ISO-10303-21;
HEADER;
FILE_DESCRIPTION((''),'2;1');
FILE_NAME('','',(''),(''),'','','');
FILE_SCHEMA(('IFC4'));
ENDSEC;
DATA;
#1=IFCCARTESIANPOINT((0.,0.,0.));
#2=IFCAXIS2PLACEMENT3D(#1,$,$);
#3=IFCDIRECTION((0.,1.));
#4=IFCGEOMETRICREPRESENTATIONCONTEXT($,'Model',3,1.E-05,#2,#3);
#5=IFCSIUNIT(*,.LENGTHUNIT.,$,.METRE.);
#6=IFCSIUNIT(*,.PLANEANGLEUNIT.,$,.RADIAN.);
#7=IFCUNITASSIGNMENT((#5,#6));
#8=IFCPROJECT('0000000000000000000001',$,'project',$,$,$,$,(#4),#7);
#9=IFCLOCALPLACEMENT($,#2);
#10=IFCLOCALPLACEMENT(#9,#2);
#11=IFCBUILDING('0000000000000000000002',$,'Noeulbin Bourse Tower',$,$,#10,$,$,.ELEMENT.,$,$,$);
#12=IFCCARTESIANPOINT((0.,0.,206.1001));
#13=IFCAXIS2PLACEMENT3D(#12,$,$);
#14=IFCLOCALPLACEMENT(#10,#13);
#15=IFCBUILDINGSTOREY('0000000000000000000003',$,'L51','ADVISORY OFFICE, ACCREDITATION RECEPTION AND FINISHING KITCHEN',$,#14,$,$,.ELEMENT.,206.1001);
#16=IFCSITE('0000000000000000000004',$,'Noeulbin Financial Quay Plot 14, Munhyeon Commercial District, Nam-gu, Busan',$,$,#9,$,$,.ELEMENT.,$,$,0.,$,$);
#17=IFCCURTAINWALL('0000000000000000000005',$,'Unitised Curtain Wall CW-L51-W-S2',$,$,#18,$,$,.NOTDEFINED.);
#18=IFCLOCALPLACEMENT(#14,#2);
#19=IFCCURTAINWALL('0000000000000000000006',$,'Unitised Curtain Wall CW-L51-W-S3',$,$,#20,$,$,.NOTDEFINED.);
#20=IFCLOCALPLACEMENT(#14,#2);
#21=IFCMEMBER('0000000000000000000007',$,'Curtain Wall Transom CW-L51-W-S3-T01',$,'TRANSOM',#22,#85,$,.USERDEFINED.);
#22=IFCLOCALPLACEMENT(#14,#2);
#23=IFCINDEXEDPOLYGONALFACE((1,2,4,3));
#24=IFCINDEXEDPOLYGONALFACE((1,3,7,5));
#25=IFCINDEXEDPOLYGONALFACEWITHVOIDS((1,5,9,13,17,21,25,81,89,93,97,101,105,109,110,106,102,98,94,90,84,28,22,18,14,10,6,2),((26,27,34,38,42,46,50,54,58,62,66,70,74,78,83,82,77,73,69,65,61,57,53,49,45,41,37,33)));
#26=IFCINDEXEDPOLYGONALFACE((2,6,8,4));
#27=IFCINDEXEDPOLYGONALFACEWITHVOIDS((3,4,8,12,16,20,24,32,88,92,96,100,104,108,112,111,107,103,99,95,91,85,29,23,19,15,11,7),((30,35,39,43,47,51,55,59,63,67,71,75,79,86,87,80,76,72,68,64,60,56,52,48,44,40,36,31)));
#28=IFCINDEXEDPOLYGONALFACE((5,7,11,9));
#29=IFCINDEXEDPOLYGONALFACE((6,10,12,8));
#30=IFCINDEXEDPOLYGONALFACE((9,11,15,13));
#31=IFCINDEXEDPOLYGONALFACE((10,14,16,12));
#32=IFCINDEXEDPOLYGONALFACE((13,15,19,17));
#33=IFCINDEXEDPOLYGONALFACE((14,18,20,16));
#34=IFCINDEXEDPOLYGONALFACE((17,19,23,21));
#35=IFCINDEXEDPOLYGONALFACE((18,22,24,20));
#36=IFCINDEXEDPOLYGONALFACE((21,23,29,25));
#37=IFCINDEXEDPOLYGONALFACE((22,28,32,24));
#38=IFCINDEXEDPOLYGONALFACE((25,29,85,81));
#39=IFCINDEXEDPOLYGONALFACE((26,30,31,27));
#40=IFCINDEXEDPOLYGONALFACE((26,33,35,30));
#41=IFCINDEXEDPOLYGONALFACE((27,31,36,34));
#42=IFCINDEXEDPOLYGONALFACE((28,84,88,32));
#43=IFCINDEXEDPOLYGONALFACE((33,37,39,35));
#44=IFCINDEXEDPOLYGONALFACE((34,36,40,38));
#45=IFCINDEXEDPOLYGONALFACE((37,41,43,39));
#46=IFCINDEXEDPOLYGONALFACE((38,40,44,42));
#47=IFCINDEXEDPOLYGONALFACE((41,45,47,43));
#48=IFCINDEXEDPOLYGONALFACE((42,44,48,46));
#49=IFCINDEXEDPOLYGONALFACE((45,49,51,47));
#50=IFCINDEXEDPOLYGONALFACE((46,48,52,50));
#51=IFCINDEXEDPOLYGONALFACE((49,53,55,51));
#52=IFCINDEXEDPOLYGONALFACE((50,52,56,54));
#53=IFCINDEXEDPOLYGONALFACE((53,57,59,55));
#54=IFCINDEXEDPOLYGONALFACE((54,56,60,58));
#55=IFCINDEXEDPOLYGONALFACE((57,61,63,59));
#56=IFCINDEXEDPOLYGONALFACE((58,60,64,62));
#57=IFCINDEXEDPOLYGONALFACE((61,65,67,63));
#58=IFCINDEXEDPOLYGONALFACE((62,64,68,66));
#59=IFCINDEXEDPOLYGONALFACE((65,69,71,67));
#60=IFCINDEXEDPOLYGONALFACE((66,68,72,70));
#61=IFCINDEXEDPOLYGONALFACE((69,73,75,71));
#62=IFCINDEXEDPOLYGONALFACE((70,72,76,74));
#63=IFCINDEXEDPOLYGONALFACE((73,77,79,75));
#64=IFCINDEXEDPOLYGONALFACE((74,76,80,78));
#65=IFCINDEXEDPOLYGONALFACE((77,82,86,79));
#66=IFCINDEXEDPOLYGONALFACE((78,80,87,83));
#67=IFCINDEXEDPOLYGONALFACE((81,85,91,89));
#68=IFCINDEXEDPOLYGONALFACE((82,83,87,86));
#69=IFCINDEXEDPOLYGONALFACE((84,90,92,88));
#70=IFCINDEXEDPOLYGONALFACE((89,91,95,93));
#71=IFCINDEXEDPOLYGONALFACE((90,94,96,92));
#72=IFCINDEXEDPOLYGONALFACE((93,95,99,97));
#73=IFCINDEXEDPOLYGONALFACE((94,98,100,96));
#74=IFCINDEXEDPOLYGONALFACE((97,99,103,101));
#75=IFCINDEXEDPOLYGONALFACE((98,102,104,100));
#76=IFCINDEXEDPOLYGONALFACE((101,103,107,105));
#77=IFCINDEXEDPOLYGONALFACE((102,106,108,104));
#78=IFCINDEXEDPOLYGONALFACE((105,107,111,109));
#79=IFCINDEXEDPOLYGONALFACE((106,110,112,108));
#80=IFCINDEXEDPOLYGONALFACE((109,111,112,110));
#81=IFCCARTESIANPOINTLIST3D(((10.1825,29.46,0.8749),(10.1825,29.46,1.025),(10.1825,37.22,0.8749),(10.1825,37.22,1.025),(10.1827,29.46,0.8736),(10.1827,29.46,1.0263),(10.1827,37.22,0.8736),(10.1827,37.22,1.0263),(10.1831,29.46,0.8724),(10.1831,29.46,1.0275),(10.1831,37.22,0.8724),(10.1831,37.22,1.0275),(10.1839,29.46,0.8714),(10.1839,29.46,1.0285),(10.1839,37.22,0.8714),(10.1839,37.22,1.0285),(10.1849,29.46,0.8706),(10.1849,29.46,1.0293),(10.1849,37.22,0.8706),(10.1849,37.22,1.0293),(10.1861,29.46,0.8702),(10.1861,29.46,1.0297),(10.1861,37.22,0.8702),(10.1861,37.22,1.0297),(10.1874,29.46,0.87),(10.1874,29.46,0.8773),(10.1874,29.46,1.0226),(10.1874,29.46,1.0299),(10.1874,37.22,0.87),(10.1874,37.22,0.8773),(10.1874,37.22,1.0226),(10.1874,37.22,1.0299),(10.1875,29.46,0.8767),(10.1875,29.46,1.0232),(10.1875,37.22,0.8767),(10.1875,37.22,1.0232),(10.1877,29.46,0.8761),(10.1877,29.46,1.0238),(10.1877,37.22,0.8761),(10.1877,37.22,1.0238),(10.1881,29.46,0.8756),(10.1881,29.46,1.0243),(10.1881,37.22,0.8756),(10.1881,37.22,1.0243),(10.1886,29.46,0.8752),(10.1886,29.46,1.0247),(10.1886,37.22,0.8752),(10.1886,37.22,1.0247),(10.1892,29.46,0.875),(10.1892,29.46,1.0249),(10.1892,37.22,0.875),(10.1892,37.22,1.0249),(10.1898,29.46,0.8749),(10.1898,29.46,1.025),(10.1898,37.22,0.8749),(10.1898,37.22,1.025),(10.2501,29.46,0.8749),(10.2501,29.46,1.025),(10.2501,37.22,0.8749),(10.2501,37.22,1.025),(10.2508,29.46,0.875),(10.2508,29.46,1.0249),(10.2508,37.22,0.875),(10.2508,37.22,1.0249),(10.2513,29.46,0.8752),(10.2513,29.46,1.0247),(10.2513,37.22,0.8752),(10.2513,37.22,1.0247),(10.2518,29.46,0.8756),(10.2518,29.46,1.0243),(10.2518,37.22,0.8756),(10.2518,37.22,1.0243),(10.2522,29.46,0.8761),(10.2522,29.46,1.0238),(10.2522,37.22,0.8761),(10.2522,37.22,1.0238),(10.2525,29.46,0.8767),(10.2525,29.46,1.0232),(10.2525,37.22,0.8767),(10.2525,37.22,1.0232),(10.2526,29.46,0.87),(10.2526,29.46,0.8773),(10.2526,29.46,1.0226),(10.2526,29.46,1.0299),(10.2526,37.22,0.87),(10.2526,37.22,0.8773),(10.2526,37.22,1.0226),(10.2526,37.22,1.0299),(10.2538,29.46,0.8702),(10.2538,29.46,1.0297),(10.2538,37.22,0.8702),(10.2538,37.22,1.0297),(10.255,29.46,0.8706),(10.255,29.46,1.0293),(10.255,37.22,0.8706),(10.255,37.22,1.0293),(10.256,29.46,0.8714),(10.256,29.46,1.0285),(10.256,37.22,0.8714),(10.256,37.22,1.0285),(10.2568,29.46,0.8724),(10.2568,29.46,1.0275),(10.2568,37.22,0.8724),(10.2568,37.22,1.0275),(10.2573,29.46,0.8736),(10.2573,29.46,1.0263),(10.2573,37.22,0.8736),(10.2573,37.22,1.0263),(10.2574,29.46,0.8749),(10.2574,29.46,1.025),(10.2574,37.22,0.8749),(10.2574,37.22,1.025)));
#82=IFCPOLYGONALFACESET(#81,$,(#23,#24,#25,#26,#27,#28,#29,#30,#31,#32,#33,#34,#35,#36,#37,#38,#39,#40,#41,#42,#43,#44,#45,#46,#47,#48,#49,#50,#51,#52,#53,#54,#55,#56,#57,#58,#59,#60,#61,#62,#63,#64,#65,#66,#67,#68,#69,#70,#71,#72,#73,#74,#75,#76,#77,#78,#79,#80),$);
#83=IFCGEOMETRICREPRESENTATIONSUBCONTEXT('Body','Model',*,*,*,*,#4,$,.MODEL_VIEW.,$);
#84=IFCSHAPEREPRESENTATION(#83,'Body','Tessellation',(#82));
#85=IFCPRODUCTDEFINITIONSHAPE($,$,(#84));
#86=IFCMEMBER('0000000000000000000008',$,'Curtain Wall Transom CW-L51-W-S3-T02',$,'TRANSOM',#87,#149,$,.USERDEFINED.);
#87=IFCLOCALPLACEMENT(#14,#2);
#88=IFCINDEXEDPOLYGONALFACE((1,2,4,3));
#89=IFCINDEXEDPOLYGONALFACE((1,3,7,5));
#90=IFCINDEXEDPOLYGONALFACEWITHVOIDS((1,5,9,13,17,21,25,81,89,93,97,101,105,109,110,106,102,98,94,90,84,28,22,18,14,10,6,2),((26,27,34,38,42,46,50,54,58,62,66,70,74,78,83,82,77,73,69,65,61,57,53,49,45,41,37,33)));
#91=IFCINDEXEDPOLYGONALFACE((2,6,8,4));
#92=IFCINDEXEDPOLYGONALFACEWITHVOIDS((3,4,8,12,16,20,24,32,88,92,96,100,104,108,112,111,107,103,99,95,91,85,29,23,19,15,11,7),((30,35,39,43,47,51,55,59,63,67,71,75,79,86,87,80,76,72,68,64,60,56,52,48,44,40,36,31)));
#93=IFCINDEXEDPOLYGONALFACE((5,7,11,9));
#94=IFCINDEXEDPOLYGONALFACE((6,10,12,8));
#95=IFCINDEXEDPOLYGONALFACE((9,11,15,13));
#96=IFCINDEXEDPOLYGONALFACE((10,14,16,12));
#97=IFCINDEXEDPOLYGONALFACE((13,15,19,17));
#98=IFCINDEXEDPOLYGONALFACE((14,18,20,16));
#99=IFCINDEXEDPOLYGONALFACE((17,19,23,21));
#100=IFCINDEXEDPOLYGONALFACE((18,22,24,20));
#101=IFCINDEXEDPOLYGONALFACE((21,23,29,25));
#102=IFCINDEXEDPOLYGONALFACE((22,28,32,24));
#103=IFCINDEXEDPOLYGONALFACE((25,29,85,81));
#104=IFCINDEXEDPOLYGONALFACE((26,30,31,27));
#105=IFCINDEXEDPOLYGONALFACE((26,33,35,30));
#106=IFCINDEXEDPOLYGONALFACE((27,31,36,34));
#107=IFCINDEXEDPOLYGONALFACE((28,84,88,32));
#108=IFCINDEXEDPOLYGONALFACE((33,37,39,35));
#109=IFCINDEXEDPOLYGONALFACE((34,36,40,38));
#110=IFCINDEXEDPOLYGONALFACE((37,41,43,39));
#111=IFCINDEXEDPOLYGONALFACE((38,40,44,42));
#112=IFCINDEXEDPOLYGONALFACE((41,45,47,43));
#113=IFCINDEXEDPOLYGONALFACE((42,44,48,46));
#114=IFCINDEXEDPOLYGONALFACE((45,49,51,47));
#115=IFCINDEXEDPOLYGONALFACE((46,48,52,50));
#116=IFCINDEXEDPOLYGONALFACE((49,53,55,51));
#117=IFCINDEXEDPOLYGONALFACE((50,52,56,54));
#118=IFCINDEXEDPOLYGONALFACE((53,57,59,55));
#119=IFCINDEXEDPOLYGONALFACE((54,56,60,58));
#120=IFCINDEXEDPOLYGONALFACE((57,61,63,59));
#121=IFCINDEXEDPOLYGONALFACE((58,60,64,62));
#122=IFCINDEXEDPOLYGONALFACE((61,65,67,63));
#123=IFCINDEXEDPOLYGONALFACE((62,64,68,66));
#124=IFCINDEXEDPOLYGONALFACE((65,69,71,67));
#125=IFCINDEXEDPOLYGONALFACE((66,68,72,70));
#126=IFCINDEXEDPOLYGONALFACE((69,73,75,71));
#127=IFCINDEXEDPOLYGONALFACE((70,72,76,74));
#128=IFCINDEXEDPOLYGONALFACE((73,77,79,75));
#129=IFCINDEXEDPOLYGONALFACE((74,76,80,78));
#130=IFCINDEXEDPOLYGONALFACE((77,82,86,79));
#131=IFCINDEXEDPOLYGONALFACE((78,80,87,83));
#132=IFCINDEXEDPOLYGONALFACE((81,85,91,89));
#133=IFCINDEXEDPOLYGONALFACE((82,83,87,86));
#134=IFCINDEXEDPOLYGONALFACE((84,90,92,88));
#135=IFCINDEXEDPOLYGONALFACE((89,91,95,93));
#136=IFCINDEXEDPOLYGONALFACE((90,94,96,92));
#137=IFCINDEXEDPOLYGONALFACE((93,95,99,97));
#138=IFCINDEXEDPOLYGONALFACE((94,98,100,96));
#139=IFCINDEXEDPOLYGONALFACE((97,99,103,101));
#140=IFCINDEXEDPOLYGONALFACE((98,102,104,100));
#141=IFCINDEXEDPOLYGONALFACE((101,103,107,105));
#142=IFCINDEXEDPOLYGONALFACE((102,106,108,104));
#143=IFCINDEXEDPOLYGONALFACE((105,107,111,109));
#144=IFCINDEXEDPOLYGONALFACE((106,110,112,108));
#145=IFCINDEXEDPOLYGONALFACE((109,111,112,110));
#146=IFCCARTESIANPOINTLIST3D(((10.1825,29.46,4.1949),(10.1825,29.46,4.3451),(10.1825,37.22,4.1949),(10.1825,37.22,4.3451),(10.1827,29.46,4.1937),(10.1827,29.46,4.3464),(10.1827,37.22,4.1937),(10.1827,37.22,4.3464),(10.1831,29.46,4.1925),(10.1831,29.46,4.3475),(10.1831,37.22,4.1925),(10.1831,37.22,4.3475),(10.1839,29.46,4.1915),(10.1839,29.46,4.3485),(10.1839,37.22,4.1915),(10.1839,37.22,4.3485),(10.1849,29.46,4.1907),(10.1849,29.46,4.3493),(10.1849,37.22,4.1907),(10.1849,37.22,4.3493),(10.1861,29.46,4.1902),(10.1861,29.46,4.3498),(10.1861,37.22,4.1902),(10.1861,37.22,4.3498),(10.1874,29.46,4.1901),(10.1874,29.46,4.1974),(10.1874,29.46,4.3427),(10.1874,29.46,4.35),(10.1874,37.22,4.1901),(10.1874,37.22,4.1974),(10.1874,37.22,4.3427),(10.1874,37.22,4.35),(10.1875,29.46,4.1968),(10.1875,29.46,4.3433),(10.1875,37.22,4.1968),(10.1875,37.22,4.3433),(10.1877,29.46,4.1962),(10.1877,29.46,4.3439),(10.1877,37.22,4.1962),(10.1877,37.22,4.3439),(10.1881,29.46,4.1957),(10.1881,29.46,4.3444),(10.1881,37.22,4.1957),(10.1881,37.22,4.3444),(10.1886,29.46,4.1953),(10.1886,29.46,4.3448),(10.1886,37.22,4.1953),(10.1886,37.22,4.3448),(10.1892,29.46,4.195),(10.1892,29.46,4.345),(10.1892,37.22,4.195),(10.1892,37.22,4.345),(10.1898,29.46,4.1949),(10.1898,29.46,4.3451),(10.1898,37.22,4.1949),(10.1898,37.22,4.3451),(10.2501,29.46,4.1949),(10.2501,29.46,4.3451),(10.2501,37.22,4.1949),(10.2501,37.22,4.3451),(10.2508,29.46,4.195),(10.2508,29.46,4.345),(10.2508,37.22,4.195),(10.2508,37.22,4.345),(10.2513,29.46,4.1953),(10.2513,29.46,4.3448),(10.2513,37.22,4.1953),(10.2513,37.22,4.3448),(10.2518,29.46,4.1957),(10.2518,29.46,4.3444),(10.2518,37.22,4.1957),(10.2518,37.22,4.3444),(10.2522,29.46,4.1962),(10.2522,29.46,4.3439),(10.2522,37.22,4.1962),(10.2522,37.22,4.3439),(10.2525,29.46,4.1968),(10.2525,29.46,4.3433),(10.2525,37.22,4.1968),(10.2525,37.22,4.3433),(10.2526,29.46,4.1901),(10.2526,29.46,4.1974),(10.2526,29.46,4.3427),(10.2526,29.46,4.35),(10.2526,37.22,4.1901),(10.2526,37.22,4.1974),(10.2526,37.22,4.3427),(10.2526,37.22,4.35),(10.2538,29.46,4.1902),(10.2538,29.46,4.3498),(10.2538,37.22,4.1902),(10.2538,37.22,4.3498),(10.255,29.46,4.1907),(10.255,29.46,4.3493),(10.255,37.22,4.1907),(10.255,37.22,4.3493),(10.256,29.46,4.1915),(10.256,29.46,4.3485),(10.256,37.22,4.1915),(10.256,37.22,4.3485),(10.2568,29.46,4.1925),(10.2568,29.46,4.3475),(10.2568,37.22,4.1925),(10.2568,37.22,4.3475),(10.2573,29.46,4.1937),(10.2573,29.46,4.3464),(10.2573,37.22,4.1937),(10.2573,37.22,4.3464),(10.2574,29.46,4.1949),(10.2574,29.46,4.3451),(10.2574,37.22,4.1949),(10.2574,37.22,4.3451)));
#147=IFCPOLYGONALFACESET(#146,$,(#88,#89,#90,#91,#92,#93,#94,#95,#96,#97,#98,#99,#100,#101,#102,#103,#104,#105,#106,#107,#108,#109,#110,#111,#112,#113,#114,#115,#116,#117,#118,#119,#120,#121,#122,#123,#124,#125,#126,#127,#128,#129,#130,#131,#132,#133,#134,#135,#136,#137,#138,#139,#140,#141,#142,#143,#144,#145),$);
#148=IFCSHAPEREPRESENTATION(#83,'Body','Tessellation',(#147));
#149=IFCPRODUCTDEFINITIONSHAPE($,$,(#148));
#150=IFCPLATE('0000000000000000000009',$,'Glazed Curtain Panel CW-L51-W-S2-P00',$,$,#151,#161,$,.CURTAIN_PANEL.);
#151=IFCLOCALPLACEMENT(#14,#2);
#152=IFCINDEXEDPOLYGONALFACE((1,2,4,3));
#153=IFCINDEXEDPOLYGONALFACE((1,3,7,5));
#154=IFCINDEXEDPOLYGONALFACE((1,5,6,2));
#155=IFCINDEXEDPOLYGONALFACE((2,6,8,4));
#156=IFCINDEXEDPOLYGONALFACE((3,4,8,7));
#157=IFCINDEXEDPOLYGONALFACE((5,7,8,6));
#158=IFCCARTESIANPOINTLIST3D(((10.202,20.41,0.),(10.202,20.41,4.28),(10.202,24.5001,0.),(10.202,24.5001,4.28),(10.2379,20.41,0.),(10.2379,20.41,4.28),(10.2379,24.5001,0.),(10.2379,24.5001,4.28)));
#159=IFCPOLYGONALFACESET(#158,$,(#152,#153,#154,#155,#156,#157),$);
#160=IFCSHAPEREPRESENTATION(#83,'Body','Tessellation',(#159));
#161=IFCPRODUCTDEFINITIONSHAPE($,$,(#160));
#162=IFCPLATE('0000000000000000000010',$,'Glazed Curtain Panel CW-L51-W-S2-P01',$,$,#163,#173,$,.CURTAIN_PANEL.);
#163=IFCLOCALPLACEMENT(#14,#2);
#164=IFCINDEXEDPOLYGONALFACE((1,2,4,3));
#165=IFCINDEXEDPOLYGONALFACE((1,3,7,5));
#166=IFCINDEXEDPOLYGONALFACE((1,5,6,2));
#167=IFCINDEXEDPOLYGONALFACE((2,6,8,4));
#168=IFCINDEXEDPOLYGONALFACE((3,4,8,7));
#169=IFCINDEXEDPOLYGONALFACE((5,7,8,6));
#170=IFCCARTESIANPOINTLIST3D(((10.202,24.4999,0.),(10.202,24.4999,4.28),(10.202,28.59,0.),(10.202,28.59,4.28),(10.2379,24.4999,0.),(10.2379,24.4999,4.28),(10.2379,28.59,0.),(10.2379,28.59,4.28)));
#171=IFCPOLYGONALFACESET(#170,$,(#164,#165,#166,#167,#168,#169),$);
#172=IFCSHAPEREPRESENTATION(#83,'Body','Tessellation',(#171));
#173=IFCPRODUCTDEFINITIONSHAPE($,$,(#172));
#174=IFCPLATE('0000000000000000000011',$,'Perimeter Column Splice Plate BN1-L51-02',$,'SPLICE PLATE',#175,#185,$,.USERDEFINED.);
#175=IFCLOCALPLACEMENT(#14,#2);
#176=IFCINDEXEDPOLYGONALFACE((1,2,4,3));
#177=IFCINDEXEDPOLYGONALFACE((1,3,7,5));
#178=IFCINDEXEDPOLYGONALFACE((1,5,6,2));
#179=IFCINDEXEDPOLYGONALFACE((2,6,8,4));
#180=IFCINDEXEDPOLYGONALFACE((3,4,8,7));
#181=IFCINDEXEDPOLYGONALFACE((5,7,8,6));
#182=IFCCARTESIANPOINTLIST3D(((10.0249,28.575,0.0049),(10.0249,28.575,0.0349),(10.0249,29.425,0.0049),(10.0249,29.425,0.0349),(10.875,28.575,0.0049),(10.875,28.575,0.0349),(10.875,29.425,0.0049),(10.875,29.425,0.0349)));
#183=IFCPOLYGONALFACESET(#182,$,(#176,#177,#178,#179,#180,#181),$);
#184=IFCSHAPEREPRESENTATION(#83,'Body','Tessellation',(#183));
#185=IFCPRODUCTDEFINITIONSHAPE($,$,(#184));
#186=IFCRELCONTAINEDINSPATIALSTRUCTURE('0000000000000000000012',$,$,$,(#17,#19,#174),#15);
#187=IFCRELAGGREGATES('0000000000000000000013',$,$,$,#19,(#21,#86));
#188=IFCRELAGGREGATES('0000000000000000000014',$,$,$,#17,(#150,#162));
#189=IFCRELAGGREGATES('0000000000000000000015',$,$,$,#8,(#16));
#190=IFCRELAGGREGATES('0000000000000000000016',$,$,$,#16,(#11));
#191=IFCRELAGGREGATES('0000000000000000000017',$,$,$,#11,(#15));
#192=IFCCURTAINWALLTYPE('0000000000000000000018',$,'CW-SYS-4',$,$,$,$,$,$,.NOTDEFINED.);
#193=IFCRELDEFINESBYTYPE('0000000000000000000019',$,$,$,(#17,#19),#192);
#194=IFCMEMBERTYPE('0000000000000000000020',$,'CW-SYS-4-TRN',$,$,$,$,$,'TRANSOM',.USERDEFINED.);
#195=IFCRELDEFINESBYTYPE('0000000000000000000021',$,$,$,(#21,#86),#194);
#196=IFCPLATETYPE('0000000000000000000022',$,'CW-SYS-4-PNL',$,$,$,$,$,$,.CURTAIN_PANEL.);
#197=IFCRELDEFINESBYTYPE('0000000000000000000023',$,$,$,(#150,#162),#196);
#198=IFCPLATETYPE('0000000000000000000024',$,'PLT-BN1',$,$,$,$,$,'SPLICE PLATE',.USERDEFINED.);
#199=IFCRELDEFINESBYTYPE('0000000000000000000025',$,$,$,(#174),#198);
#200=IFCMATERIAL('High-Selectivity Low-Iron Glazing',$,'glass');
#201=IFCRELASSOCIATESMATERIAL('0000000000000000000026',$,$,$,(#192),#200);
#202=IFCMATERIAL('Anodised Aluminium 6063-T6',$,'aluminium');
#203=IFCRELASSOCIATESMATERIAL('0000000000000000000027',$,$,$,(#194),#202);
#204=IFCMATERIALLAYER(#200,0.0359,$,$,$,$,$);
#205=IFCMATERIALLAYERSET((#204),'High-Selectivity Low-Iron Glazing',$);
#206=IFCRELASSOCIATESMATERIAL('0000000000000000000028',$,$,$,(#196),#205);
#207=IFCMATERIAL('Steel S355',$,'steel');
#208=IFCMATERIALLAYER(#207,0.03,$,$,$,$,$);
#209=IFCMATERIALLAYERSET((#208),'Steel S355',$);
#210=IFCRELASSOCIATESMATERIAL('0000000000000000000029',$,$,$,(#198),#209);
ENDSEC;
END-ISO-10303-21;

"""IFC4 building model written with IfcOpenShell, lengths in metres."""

from ifc_helpers import new_model, si_unit, direction, frame, origin, origin_2d, place, context, subcontext, project, spatial, rectangle, hollow_rectangle, extrude, material, layer, layer_set, material_profile, profile_set, type_object, element, aggregate, save


model = new_model("IFC4")

# Units and contexts
model_context = context("Model", 3, precision=1e-05, world=origin(), true_north=direction((0.0, 1.0)))
body_context = subcontext(model_context, "Body", "Model", "MODEL_VIEW")
ifc_project = project(units=[si_unit("LENGTHUNIT", "METRE"), si_unit("PLANEANGLEUNIT", "RADIAN")], contexts=[model_context])

# Site, building, storey
site_placement = place(None, origin())
site = spatial("IfcSite", under=ifc_project, at=site_placement, Name="Noeulbin Financial Quay Plot 14, Munhyeon Commercial District, Nam-gu, Busan", CompositionType="ELEMENT", RefElevation=0.0)
building_placement = place(site_placement, origin())
building = spatial("IfcBuilding", under=site, at=building_placement, Name="Noeulbin Bourse Tower", CompositionType="ELEMENT")
storey_placement = place(building_placement, frame((0.0, 0.0, 206.1001)))
storey = spatial("IfcBuildingStorey", under=building, at=storey_placement, Name="L51", Description="ADVISORY OFFICE, ACCREDITATION RECEPTION AND FINISHING KITCHEN", CompositionType="ELEMENT", Elevation=206.1001)

# Shared definitions
ifc_material_1 = material(Name="Steel S355", Category="steel")

# Curtain wall
ifc_material_2 = material(Name="High-Selectivity Low-Iron Glazing", Category="glass")
curtain_wall_type = type_object("IfcCurtainWallType", Name="CW-SYS-4", PredefinedType="NOTDEFINED", material=ifc_material_2)
curtain_wall_1_placement = place(storey_placement, origin())
curtain_wall_1 = element("IfcCurtainWall", 1, at=curtain_wall_1_placement, inside=storey, type_object=curtain_wall_type, Name="Unitised Curtain Wall CW-L51-W-S2", PredefinedType="NOTDEFINED")
ifc_material_3 = material(Name="Anodised Aluminium 6063-T6", Category="aluminium")

# Curtain wall
curtain_wall_2_placement = place(storey_placement, origin())
curtain_wall_2 = element("IfcCurtainWall", 2, at=curtain_wall_2_placement, inside=storey, type_object=curtain_wall_type, Name="Unitised Curtain Wall CW-L51-W-S3", PredefinedType="NOTDEFINED")

# Members
ifc_material_profile_1 = material_profile(ifc_material_3, hollow_rectangle(XDim=0.075, YDim=0.1599, WallThickness=0.0049, InnerFilletRadius=0.0024, OuterFilletRadius=0.0049, at=origin_2d()), Name="ALU-TRAN-75x160x5", Category="LoadBearing")
ifc_profile_set_1 = profile_set([ifc_material_profile_1], Name="Anodised Aluminium 6063-T6")
member_type_1 = type_object("IfcMemberType", Name="CW-SYS-4-TRN", ElementType="TRANSOM", PredefinedType="USERDEFINED", material=ifc_profile_set_1)
member_1_placement = place(storey_placement, frame((10.22, 29.46, 0.95), z_axis=(0.0, 1.0, 0.0), x_axis=(-1.0, 0.0, 0.0)))
member_1 = element("IfcMember", 3, at=member_1_placement, type_object=member_type_1, Name="Curtain Wall Transom CW-L51-W-S3-T01", ObjectType="TRANSOM", PredefinedType="USERDEFINED", context=body_context, shape_type="SweptSolid", body=[
    extrude(hollow_rectangle(XDim=0.075, YDim=0.1599, WallThickness=0.0049, InnerFilletRadius=0.0024, OuterFilletRadius=0.0049, at=origin_2d()), origin(), (0.0, 0.0, 1.0), 7.76),
])
member_2_placement = place(storey_placement, frame((10.22, 29.46, 4.27), z_axis=(0.0, 1.0, 0.0), x_axis=(-1.0, 0.0, 0.0)))
member_2 = element("IfcMember", 4, at=member_2_placement, type_object=member_type_1, Name="Curtain Wall Transom CW-L51-W-S3-T02", ObjectType="TRANSOM", PredefinedType="USERDEFINED", context=body_context, shape_type="SweptSolid", body=[
    extrude(hollow_rectangle(XDim=0.075, YDim=0.1599, WallThickness=0.0049, InnerFilletRadius=0.0024, OuterFilletRadius=0.0049, at=origin_2d()), origin(), (0.0, 0.0, 1.0), 7.76),
])
aggregate(curtain_wall_2, [member_1, member_2])

# Plates
ifc_layer_1 = layer(ifc_material_2, 0.0359)
ifc_layer_set_1 = layer_set([ifc_layer_1], Name="High-Selectivity Low-Iron Glazing")
plate_type_1 = type_object("IfcPlateType", Name="CW-SYS-4-PNL", PredefinedType="CURTAIN_PANEL", material=ifc_layer_set_1)
plate_1_placement = place(storey_placement, frame((10.22, 22.4551, 0.0), z_axis=(0.0, 0.0, 1.0), x_axis=(0.0, 1.0, 0.0)))
plate_1 = element("IfcPlate", 5, at=plate_1_placement, type_object=plate_type_1, Name="Glazed Curtain Panel CW-L51-W-S2-P00", PredefinedType="CURTAIN_PANEL", context=body_context, shape_type="SweptSolid", body=[
    extrude(rectangle(XDim=4.0901, YDim=0.0359, at=origin_2d()), origin(), (0.0, 0.0, 1.0), 4.28),
])
plate_2_placement = place(storey_placement, frame((10.22, 26.5449, 0.0), z_axis=(0.0, 0.0, 1.0), x_axis=(0.0, 1.0, 0.0)))
plate_2 = element("IfcPlate", 6, at=plate_2_placement, type_object=plate_type_1, Name="Glazed Curtain Panel CW-L51-W-S2-P01", PredefinedType="CURTAIN_PANEL", context=body_context, shape_type="SweptSolid", body=[
    extrude(rectangle(XDim=4.0901, YDim=0.0359, at=origin_2d()), origin(), (0.0, 0.0, 1.0), 4.28),
])
aggregate(curtain_wall_1, [plate_1, plate_2])
ifc_layer_2 = layer(ifc_material_1, 0.03)
ifc_layer_set_2 = layer_set([ifc_layer_2], Name="Steel S355")
plate_type_2 = type_object("IfcPlateType", Name="PLT-BN1", ElementType="SPLICE PLATE", PredefinedType="USERDEFINED", material=ifc_layer_set_2)
plate_3_placement = place(storey_placement, frame((10.45, 29.0, 0.0049), z_axis=(0.0, 0.0, 1.0), x_axis=(1.0, 0.0, 0.0)))
element("IfcPlate", 7, at=plate_3_placement, inside=storey, type_object=plate_type_2, Name="Perimeter Column Splice Plate BN1-L51-02", ObjectType="SPLICE PLATE", PredefinedType="USERDEFINED", context=body_context, shape_type="SweptSolid", body=[
    extrude(rectangle(XDim=0.8501, YDim=0.8501, at=origin_2d()), origin(), (0.0, 0.0, 1.0), 0.03),
])

save(model, "model.ifc")
